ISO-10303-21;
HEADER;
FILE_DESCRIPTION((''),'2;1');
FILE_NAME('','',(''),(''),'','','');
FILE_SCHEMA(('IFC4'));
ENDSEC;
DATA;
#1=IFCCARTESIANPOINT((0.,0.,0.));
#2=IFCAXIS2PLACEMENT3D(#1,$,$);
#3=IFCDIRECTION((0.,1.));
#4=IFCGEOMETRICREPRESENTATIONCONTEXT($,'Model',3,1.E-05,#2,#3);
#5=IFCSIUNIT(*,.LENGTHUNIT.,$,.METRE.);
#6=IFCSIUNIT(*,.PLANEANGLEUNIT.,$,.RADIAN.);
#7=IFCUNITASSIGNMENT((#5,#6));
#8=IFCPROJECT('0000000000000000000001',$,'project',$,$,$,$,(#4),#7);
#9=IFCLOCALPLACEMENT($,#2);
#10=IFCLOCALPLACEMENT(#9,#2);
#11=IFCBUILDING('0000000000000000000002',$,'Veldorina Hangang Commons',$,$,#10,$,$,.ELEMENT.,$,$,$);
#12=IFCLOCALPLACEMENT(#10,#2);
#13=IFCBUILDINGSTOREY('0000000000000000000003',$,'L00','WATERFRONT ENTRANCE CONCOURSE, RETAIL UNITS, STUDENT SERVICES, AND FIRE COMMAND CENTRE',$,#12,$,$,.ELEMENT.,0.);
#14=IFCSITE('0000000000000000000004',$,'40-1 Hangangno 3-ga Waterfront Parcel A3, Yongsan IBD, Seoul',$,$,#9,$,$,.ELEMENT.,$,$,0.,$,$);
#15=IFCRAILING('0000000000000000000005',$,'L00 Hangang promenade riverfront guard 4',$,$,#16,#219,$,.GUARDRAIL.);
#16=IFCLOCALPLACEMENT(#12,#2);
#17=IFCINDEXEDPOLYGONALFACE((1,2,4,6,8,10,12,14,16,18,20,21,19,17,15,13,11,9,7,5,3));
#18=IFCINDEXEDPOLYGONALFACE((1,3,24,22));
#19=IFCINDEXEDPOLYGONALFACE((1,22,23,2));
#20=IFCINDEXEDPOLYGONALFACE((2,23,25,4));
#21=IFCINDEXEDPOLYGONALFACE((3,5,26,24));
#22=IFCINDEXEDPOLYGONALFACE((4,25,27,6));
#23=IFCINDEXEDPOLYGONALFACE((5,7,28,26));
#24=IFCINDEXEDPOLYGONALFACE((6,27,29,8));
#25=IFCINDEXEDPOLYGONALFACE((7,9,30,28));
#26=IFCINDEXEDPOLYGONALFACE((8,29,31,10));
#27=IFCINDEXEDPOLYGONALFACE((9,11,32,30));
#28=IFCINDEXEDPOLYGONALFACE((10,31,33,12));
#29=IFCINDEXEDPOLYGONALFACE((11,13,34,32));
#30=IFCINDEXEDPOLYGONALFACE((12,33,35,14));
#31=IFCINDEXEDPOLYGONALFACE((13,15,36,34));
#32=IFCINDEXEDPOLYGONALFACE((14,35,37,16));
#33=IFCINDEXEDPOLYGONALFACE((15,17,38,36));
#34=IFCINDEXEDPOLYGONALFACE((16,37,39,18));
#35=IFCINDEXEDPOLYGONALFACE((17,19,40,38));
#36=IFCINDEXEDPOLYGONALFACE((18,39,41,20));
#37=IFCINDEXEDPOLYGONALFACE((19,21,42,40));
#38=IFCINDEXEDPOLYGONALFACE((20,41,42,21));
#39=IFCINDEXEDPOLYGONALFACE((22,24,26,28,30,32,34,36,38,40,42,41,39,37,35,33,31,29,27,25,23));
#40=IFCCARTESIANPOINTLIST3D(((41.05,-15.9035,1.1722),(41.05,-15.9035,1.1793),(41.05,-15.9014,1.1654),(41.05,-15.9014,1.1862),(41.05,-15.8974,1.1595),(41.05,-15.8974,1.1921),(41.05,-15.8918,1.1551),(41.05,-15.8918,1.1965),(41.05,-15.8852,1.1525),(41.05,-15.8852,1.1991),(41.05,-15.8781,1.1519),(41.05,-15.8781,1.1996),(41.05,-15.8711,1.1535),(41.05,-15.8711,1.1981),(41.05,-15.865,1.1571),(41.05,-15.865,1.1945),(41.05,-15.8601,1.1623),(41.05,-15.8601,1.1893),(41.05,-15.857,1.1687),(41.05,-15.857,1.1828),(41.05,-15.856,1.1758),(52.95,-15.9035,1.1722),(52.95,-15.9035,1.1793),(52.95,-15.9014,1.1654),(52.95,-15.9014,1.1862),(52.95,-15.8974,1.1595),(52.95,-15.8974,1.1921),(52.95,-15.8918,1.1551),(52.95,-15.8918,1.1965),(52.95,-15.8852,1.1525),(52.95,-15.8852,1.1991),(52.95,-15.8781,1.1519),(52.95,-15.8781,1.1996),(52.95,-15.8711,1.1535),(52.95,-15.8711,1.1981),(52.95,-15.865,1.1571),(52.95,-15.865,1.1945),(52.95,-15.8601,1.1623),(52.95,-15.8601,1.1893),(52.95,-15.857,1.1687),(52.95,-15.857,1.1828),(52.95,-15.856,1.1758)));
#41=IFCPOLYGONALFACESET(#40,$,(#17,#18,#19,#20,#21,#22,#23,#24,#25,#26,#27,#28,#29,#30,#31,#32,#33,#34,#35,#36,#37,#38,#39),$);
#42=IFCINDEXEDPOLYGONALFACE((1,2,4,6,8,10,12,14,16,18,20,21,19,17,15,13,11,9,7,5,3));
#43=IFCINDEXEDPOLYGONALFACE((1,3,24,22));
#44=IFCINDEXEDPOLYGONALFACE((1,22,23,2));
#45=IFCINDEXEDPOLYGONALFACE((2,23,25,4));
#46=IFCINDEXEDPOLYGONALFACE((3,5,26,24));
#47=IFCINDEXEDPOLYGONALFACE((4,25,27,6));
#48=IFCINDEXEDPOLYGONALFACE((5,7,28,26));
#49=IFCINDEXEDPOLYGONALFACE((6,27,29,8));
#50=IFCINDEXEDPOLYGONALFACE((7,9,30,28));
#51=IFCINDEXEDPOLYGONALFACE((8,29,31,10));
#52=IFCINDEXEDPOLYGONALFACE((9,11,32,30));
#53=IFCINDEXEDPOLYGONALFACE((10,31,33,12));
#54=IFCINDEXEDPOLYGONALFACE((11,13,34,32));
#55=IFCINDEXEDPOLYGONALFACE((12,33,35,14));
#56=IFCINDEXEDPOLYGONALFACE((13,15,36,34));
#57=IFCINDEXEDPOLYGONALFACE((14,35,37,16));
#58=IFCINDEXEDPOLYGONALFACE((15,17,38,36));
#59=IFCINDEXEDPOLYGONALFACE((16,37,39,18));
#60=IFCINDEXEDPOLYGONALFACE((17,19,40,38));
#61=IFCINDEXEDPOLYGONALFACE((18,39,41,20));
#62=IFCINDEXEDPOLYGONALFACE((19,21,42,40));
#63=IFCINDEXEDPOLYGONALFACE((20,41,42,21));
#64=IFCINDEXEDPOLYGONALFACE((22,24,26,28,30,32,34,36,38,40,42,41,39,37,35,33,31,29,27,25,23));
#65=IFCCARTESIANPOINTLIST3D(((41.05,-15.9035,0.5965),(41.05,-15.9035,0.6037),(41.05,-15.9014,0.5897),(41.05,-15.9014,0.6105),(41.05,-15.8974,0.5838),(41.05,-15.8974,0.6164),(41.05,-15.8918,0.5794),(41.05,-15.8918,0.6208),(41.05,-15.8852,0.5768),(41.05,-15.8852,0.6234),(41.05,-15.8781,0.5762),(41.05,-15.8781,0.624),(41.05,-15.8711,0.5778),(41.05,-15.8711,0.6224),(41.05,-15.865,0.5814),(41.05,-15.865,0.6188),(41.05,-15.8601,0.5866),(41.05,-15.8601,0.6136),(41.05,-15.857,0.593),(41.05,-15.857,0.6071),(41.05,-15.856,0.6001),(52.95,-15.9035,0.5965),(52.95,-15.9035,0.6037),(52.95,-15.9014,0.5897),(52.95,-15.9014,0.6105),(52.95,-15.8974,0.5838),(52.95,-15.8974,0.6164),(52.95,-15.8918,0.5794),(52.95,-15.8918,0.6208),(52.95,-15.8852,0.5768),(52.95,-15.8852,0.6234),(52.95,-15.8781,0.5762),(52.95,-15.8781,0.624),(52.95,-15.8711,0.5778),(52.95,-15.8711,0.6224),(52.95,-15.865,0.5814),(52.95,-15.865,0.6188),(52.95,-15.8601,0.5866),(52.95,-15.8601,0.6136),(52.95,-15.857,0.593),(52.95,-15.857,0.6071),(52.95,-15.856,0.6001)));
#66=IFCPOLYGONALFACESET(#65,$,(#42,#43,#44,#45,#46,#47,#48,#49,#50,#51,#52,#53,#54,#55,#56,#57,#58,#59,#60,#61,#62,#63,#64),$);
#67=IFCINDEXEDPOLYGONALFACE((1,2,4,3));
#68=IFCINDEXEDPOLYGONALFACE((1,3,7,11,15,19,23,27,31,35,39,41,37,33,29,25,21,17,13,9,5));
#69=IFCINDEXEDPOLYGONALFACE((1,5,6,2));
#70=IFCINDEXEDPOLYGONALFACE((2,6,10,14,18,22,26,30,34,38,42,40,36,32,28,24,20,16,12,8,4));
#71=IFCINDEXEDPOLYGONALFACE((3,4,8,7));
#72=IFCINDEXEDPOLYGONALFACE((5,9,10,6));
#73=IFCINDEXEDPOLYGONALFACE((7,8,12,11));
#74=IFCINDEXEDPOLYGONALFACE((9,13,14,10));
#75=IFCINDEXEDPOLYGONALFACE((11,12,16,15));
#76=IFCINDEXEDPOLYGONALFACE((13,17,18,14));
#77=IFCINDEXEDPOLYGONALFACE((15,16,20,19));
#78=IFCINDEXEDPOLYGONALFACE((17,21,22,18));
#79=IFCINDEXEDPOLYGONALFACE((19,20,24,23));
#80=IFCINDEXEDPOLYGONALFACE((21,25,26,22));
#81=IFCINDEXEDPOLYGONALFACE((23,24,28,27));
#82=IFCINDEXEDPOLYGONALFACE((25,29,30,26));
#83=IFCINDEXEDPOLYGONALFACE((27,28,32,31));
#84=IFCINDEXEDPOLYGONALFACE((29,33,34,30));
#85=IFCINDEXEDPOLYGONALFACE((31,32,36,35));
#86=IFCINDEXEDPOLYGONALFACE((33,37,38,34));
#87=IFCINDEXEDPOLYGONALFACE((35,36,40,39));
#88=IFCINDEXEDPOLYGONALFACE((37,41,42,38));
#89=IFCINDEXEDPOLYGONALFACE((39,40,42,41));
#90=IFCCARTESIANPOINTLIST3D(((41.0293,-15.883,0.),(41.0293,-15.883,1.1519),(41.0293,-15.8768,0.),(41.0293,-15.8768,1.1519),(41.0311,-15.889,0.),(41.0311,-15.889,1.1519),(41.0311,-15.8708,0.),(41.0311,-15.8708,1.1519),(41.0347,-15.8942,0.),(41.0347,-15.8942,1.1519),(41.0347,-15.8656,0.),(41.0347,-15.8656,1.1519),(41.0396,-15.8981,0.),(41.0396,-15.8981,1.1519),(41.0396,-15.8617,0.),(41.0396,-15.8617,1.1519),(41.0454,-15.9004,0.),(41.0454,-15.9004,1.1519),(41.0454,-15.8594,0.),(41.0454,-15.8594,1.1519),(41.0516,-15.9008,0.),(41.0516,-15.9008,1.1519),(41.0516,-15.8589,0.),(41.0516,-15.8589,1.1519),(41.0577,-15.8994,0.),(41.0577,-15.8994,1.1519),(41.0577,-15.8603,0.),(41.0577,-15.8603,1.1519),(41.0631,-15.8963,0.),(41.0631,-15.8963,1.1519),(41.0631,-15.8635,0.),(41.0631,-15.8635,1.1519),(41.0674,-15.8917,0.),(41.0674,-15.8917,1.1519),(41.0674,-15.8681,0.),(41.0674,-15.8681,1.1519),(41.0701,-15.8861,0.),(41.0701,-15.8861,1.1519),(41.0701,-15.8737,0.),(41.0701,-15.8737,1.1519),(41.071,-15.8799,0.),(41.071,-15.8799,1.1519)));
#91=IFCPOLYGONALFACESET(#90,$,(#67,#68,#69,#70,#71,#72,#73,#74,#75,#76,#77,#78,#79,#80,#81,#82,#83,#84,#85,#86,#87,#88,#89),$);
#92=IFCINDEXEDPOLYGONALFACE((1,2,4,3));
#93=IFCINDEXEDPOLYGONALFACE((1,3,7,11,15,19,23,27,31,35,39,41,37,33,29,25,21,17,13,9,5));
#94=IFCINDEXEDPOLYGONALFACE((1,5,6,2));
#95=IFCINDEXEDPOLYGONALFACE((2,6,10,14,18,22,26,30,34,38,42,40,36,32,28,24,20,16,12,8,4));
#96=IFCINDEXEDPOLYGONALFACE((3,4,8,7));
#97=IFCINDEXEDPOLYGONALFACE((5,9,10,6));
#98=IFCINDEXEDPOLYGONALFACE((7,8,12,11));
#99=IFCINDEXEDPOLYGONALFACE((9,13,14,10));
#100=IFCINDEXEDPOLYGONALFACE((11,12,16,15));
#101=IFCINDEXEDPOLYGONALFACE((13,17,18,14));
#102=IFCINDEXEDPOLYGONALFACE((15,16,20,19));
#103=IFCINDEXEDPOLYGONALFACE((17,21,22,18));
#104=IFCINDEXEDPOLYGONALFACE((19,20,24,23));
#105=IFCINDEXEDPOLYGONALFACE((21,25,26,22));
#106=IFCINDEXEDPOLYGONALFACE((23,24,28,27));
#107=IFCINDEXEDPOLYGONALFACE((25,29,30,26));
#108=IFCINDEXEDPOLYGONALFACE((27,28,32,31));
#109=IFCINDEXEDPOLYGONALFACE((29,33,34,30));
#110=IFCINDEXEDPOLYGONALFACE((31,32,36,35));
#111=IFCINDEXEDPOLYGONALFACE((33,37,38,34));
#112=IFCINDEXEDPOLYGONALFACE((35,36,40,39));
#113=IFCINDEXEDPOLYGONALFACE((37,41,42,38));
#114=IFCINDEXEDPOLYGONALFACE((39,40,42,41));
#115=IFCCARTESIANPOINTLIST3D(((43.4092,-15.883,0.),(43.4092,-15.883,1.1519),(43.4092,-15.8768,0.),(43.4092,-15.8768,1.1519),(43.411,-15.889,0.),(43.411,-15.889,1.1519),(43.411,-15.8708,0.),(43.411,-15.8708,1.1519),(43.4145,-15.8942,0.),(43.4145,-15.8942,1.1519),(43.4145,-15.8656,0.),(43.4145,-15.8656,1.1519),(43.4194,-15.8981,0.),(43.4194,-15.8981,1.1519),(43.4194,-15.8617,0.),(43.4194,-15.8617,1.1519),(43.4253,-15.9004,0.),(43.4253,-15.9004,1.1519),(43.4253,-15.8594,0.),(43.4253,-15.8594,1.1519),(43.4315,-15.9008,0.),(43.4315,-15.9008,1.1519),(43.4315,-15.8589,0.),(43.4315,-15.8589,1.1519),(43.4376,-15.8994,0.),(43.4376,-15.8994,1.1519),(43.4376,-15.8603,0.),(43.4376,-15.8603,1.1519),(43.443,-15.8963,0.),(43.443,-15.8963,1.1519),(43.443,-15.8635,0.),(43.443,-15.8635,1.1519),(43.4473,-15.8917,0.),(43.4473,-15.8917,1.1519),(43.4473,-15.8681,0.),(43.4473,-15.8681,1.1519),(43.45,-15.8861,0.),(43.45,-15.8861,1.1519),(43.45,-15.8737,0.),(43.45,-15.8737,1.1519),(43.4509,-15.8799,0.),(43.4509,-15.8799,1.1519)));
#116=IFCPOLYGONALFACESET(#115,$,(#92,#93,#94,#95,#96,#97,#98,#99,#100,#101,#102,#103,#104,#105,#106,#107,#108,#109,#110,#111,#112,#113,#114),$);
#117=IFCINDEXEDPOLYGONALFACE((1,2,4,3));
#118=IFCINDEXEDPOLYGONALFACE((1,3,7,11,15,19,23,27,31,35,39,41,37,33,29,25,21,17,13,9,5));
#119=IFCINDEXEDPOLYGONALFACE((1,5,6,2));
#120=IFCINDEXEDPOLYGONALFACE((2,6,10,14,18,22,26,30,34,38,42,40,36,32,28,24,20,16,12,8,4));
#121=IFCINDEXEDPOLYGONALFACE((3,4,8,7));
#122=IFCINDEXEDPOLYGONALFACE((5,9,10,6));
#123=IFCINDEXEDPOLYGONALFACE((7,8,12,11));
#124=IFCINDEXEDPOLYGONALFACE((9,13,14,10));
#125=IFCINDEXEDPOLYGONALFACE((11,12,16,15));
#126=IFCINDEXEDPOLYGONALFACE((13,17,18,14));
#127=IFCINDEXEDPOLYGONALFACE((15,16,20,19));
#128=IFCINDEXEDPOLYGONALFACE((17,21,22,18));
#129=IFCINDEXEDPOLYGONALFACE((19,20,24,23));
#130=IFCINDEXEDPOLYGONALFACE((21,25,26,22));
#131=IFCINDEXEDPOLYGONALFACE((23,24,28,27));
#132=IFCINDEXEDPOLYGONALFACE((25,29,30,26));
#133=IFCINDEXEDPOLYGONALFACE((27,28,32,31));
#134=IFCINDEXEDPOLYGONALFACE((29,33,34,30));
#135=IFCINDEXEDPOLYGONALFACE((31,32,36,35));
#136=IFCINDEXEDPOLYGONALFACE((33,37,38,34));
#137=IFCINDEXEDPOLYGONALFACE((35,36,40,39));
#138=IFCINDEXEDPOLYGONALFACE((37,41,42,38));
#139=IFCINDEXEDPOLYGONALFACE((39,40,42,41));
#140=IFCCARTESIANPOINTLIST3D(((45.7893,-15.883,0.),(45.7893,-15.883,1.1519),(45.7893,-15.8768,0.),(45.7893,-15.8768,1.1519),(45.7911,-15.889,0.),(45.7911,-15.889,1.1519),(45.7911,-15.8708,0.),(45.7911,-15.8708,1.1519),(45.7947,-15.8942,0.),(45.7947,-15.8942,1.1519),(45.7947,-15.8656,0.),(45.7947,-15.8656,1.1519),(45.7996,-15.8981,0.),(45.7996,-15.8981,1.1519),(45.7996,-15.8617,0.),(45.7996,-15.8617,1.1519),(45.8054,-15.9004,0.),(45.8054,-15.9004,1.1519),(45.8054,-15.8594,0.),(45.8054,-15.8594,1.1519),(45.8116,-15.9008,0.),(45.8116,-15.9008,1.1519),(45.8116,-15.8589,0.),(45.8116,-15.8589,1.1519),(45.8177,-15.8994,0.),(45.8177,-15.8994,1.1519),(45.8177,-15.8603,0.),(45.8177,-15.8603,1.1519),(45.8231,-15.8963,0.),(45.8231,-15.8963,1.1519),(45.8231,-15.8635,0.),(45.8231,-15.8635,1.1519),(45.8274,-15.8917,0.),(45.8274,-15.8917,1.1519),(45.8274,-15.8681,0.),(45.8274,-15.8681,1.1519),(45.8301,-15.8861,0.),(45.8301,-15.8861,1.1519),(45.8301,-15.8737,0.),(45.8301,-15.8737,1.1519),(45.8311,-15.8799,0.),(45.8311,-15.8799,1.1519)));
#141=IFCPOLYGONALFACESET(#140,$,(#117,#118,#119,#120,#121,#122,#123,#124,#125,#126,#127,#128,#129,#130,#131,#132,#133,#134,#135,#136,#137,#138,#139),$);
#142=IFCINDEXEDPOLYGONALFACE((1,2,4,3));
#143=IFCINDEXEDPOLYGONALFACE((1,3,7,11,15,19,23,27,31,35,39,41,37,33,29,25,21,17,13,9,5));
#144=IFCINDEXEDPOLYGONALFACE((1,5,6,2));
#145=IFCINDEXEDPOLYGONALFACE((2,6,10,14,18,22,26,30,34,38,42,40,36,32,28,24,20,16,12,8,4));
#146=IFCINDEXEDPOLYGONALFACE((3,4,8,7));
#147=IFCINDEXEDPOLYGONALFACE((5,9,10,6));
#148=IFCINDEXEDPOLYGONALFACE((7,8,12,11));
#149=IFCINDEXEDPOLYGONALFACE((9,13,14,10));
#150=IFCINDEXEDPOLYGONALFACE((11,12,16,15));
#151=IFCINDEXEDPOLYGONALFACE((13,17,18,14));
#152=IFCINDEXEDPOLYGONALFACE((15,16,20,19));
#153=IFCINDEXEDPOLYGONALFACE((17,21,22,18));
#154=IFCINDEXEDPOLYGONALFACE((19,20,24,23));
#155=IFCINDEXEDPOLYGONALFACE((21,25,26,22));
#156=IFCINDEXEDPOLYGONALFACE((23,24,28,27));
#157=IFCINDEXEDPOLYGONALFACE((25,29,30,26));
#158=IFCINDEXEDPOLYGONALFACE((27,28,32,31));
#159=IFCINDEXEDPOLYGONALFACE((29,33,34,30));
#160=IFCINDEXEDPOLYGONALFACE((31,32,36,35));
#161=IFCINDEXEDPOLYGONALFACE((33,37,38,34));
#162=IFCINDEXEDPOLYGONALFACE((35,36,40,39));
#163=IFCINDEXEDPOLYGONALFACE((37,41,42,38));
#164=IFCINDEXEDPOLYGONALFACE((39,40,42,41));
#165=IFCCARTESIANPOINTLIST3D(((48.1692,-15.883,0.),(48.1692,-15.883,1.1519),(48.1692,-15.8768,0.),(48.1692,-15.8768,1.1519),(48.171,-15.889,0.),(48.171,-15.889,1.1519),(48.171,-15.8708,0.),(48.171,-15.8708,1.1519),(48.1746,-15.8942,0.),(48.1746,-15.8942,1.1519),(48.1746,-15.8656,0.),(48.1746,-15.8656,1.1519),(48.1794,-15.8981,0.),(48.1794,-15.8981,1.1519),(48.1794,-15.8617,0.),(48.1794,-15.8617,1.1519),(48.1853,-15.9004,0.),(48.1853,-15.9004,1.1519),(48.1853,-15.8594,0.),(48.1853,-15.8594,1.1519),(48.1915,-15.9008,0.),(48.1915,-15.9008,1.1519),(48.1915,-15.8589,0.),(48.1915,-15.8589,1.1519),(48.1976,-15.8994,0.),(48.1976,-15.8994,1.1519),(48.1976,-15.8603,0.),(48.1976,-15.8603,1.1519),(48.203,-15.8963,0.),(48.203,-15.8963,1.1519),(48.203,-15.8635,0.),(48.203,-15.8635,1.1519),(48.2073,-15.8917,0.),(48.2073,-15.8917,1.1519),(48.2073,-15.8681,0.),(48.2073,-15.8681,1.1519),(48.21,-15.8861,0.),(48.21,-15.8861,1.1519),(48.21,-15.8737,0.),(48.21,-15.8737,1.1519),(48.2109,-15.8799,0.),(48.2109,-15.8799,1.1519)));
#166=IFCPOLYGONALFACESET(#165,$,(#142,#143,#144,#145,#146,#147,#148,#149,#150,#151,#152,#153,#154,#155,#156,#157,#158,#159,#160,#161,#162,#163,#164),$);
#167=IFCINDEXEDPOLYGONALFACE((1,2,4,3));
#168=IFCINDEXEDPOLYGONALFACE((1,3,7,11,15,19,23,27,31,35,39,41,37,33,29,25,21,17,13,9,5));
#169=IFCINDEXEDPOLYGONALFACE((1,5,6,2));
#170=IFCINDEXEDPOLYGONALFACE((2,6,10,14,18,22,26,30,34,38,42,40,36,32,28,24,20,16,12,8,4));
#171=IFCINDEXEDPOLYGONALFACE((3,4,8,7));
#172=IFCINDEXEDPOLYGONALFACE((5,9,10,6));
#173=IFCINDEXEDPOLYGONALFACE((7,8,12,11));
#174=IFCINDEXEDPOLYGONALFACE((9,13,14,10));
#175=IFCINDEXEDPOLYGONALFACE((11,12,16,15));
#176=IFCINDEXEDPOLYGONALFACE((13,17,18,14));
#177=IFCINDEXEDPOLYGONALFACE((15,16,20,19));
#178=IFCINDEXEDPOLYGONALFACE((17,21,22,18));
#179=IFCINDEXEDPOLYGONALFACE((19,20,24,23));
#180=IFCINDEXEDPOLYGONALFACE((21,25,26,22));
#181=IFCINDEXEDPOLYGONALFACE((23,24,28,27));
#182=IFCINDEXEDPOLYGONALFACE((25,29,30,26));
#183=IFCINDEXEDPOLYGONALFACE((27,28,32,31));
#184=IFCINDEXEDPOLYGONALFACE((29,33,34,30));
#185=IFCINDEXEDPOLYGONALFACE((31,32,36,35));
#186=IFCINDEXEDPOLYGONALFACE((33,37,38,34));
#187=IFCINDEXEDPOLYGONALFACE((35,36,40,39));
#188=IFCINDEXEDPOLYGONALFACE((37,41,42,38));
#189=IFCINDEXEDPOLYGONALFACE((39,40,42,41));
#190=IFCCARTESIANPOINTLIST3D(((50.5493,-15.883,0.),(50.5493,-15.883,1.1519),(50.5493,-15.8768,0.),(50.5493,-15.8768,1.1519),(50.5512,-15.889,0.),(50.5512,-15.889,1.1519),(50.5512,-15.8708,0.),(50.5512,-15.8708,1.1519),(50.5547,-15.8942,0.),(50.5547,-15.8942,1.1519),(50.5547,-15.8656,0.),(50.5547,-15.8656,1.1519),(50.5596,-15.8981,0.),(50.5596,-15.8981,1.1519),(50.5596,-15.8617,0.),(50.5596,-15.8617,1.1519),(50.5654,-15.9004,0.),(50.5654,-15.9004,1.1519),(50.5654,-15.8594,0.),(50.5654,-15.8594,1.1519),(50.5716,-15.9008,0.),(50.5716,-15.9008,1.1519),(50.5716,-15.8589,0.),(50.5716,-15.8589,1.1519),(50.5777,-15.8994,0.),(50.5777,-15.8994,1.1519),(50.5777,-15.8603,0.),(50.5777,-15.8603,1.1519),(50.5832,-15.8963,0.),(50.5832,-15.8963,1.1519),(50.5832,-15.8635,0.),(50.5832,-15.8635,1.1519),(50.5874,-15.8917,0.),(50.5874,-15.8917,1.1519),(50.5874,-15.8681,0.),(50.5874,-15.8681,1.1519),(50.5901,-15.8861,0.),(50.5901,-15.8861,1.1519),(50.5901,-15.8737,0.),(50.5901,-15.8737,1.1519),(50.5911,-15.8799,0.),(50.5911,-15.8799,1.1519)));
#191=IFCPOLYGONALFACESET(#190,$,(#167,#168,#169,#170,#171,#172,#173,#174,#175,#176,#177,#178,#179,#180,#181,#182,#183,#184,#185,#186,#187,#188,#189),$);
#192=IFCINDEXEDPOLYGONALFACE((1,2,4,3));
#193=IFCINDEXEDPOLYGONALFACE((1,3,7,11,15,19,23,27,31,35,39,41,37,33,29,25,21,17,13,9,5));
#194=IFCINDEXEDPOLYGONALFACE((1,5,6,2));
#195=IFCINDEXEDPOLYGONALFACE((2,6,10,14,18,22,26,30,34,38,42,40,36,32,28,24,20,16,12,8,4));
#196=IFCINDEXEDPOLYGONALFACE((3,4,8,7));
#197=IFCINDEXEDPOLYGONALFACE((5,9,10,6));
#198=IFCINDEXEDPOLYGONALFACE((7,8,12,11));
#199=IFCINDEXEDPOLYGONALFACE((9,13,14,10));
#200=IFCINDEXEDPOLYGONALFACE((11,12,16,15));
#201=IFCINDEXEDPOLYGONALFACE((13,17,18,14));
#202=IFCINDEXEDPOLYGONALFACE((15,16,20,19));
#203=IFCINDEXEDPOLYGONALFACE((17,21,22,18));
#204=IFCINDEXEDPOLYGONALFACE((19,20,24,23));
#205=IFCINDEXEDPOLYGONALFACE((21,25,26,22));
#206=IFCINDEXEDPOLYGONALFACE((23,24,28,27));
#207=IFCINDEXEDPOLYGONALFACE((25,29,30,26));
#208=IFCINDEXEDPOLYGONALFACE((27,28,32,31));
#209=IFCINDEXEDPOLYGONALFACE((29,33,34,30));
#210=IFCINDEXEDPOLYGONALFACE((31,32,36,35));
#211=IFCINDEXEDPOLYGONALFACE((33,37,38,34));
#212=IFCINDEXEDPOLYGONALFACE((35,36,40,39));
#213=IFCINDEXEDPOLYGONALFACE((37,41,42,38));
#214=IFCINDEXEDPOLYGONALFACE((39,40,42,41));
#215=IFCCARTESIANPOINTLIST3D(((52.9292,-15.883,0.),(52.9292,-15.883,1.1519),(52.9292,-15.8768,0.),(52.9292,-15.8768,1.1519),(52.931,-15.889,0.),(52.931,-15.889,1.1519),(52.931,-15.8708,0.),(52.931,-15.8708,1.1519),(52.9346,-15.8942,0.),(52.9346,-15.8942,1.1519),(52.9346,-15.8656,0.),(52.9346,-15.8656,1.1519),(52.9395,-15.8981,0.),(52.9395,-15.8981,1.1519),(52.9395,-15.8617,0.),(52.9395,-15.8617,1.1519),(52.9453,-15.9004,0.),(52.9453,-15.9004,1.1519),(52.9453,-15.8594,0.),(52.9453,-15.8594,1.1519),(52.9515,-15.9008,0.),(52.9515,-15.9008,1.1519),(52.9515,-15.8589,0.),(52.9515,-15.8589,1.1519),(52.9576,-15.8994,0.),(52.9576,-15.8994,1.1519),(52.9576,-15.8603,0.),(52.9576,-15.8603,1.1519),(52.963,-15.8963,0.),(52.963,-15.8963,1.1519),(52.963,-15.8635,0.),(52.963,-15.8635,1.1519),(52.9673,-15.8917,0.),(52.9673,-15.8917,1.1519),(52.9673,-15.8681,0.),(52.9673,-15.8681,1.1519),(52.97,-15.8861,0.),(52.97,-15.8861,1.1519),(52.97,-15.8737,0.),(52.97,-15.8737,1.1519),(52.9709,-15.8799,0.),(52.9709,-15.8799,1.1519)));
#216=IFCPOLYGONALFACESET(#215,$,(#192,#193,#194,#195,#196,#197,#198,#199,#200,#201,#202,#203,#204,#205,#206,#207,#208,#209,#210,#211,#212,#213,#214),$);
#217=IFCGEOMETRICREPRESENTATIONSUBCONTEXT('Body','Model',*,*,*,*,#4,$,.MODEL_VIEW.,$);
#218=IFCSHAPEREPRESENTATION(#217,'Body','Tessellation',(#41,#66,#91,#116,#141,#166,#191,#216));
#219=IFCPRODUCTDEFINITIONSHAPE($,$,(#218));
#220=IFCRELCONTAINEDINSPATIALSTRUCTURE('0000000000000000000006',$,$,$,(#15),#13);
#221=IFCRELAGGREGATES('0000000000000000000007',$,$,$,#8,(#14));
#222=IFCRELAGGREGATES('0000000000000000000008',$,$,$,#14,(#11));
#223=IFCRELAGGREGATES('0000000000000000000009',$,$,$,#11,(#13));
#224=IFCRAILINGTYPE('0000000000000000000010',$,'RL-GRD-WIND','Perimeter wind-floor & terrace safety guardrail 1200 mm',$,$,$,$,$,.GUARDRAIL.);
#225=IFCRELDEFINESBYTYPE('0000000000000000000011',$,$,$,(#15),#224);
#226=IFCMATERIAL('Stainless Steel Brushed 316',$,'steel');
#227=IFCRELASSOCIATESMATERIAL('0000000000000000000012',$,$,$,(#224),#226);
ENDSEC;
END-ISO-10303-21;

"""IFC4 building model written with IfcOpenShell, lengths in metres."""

from ifc_helpers import new_model, si_unit, direction, frame, origin, origin_2d, place, context, subcontext, project, spatial, circle, extrude, material, type_object, element, save


model = new_model("IFC4")

# Units and contexts
model_context = context("Model", 3, precision=1e-05, world=origin(), true_north=direction((0.0, 1.0)))
body_context = subcontext(model_context, "Body", "Model", "MODEL_VIEW")
ifc_project = project(units=[si_unit("LENGTHUNIT", "METRE"), si_unit("PLANEANGLEUNIT", "RADIAN")], contexts=[model_context])

# Site, building, storey
site_placement = place(None, origin())
site = spatial("IfcSite", under=ifc_project, at=site_placement, Name="40-1 Hangangno 3-ga Waterfront Parcel A3, Yongsan IBD, Seoul", CompositionType="ELEMENT", RefElevation=0.0)
building_placement = place(site_placement, origin())
building = spatial("IfcBuilding", under=site, at=building_placement, Name="Veldorina Hangang Commons", CompositionType="ELEMENT")
storey_placement = place(building_placement, origin())
storey = spatial("IfcBuildingStorey", under=building, at=storey_placement, Name="L00", Description="WATERFRONT ENTRANCE CONCOURSE, RETAIL UNITS, STUDENT SERVICES, AND FIRE COMMAND CENTRE", CompositionType="ELEMENT", Elevation=0.0)

# Railing
ifc_material_1 = material(Name="Stainless Steel Brushed 316", Category="steel")
railing_type_1 = type_object("IfcRailingType", Name="RL-GRD-WIND", Description="Perimeter wind-floor & terrace safety guardrail 1200 mm", PredefinedType="GUARDRAIL", material=ifc_material_1)
railing_placement = place(storey_placement, frame((41.05, -15.8799, 0.0)))
element("IfcRailing", 1, at=railing_placement, inside=storey, type_object=railing_type_1, Name="L00 Hangang promenade riverfront guard 4", PredefinedType="GUARDRAIL", context=body_context, shape_type="SweptSolid", body=[
    extrude(circle(Radius=0.0239, at=origin_2d()), frame((0.0, 0.0, 1.1758), z_axis=(1.0, 0.0, 0.0), x_axis=(0.0, 1.0, 0.0)), (0.0, 0.0, 1.0), 11.8999),
    extrude(circle(Radius=0.0239, at=origin_2d()), frame((0.0, 0.0, 0.6001), z_axis=(1.0, 0.0, 0.0), x_axis=(0.0, 1.0, 0.0)), (0.0, 0.0, 1.0), 11.8999),
    extrude(circle(Radius=0.021, at=origin_2d()), origin(), (0.0, 0.0, 1.0), 1.1519),
    extrude(circle(Radius=0.021, at=origin_2d()), frame((2.3799, 0.0, 0.0)), (0.0, 0.0, 1.0), 1.1519),
    extrude(circle(Radius=0.021, at=origin_2d()), frame((4.76, 0.0, 0.0)), (0.0, 0.0, 1.0), 1.1519),
    extrude(circle(Radius=0.021, at=origin_2d()), frame((7.1399, 0.0, 0.0)), (0.0, 0.0, 1.0), 1.1519),
    extrude(circle(Radius=0.021, at=origin_2d()), frame((9.52, 0.0, 0.0)), (0.0, 0.0, 1.0), 1.1519),
    extrude(circle(Radius=0.021, at=origin_2d()), frame((11.8999, 0.0, 0.0)), (0.0, 0.0, 1.0), 1.1519),
])

save(model, "model.ifc")
